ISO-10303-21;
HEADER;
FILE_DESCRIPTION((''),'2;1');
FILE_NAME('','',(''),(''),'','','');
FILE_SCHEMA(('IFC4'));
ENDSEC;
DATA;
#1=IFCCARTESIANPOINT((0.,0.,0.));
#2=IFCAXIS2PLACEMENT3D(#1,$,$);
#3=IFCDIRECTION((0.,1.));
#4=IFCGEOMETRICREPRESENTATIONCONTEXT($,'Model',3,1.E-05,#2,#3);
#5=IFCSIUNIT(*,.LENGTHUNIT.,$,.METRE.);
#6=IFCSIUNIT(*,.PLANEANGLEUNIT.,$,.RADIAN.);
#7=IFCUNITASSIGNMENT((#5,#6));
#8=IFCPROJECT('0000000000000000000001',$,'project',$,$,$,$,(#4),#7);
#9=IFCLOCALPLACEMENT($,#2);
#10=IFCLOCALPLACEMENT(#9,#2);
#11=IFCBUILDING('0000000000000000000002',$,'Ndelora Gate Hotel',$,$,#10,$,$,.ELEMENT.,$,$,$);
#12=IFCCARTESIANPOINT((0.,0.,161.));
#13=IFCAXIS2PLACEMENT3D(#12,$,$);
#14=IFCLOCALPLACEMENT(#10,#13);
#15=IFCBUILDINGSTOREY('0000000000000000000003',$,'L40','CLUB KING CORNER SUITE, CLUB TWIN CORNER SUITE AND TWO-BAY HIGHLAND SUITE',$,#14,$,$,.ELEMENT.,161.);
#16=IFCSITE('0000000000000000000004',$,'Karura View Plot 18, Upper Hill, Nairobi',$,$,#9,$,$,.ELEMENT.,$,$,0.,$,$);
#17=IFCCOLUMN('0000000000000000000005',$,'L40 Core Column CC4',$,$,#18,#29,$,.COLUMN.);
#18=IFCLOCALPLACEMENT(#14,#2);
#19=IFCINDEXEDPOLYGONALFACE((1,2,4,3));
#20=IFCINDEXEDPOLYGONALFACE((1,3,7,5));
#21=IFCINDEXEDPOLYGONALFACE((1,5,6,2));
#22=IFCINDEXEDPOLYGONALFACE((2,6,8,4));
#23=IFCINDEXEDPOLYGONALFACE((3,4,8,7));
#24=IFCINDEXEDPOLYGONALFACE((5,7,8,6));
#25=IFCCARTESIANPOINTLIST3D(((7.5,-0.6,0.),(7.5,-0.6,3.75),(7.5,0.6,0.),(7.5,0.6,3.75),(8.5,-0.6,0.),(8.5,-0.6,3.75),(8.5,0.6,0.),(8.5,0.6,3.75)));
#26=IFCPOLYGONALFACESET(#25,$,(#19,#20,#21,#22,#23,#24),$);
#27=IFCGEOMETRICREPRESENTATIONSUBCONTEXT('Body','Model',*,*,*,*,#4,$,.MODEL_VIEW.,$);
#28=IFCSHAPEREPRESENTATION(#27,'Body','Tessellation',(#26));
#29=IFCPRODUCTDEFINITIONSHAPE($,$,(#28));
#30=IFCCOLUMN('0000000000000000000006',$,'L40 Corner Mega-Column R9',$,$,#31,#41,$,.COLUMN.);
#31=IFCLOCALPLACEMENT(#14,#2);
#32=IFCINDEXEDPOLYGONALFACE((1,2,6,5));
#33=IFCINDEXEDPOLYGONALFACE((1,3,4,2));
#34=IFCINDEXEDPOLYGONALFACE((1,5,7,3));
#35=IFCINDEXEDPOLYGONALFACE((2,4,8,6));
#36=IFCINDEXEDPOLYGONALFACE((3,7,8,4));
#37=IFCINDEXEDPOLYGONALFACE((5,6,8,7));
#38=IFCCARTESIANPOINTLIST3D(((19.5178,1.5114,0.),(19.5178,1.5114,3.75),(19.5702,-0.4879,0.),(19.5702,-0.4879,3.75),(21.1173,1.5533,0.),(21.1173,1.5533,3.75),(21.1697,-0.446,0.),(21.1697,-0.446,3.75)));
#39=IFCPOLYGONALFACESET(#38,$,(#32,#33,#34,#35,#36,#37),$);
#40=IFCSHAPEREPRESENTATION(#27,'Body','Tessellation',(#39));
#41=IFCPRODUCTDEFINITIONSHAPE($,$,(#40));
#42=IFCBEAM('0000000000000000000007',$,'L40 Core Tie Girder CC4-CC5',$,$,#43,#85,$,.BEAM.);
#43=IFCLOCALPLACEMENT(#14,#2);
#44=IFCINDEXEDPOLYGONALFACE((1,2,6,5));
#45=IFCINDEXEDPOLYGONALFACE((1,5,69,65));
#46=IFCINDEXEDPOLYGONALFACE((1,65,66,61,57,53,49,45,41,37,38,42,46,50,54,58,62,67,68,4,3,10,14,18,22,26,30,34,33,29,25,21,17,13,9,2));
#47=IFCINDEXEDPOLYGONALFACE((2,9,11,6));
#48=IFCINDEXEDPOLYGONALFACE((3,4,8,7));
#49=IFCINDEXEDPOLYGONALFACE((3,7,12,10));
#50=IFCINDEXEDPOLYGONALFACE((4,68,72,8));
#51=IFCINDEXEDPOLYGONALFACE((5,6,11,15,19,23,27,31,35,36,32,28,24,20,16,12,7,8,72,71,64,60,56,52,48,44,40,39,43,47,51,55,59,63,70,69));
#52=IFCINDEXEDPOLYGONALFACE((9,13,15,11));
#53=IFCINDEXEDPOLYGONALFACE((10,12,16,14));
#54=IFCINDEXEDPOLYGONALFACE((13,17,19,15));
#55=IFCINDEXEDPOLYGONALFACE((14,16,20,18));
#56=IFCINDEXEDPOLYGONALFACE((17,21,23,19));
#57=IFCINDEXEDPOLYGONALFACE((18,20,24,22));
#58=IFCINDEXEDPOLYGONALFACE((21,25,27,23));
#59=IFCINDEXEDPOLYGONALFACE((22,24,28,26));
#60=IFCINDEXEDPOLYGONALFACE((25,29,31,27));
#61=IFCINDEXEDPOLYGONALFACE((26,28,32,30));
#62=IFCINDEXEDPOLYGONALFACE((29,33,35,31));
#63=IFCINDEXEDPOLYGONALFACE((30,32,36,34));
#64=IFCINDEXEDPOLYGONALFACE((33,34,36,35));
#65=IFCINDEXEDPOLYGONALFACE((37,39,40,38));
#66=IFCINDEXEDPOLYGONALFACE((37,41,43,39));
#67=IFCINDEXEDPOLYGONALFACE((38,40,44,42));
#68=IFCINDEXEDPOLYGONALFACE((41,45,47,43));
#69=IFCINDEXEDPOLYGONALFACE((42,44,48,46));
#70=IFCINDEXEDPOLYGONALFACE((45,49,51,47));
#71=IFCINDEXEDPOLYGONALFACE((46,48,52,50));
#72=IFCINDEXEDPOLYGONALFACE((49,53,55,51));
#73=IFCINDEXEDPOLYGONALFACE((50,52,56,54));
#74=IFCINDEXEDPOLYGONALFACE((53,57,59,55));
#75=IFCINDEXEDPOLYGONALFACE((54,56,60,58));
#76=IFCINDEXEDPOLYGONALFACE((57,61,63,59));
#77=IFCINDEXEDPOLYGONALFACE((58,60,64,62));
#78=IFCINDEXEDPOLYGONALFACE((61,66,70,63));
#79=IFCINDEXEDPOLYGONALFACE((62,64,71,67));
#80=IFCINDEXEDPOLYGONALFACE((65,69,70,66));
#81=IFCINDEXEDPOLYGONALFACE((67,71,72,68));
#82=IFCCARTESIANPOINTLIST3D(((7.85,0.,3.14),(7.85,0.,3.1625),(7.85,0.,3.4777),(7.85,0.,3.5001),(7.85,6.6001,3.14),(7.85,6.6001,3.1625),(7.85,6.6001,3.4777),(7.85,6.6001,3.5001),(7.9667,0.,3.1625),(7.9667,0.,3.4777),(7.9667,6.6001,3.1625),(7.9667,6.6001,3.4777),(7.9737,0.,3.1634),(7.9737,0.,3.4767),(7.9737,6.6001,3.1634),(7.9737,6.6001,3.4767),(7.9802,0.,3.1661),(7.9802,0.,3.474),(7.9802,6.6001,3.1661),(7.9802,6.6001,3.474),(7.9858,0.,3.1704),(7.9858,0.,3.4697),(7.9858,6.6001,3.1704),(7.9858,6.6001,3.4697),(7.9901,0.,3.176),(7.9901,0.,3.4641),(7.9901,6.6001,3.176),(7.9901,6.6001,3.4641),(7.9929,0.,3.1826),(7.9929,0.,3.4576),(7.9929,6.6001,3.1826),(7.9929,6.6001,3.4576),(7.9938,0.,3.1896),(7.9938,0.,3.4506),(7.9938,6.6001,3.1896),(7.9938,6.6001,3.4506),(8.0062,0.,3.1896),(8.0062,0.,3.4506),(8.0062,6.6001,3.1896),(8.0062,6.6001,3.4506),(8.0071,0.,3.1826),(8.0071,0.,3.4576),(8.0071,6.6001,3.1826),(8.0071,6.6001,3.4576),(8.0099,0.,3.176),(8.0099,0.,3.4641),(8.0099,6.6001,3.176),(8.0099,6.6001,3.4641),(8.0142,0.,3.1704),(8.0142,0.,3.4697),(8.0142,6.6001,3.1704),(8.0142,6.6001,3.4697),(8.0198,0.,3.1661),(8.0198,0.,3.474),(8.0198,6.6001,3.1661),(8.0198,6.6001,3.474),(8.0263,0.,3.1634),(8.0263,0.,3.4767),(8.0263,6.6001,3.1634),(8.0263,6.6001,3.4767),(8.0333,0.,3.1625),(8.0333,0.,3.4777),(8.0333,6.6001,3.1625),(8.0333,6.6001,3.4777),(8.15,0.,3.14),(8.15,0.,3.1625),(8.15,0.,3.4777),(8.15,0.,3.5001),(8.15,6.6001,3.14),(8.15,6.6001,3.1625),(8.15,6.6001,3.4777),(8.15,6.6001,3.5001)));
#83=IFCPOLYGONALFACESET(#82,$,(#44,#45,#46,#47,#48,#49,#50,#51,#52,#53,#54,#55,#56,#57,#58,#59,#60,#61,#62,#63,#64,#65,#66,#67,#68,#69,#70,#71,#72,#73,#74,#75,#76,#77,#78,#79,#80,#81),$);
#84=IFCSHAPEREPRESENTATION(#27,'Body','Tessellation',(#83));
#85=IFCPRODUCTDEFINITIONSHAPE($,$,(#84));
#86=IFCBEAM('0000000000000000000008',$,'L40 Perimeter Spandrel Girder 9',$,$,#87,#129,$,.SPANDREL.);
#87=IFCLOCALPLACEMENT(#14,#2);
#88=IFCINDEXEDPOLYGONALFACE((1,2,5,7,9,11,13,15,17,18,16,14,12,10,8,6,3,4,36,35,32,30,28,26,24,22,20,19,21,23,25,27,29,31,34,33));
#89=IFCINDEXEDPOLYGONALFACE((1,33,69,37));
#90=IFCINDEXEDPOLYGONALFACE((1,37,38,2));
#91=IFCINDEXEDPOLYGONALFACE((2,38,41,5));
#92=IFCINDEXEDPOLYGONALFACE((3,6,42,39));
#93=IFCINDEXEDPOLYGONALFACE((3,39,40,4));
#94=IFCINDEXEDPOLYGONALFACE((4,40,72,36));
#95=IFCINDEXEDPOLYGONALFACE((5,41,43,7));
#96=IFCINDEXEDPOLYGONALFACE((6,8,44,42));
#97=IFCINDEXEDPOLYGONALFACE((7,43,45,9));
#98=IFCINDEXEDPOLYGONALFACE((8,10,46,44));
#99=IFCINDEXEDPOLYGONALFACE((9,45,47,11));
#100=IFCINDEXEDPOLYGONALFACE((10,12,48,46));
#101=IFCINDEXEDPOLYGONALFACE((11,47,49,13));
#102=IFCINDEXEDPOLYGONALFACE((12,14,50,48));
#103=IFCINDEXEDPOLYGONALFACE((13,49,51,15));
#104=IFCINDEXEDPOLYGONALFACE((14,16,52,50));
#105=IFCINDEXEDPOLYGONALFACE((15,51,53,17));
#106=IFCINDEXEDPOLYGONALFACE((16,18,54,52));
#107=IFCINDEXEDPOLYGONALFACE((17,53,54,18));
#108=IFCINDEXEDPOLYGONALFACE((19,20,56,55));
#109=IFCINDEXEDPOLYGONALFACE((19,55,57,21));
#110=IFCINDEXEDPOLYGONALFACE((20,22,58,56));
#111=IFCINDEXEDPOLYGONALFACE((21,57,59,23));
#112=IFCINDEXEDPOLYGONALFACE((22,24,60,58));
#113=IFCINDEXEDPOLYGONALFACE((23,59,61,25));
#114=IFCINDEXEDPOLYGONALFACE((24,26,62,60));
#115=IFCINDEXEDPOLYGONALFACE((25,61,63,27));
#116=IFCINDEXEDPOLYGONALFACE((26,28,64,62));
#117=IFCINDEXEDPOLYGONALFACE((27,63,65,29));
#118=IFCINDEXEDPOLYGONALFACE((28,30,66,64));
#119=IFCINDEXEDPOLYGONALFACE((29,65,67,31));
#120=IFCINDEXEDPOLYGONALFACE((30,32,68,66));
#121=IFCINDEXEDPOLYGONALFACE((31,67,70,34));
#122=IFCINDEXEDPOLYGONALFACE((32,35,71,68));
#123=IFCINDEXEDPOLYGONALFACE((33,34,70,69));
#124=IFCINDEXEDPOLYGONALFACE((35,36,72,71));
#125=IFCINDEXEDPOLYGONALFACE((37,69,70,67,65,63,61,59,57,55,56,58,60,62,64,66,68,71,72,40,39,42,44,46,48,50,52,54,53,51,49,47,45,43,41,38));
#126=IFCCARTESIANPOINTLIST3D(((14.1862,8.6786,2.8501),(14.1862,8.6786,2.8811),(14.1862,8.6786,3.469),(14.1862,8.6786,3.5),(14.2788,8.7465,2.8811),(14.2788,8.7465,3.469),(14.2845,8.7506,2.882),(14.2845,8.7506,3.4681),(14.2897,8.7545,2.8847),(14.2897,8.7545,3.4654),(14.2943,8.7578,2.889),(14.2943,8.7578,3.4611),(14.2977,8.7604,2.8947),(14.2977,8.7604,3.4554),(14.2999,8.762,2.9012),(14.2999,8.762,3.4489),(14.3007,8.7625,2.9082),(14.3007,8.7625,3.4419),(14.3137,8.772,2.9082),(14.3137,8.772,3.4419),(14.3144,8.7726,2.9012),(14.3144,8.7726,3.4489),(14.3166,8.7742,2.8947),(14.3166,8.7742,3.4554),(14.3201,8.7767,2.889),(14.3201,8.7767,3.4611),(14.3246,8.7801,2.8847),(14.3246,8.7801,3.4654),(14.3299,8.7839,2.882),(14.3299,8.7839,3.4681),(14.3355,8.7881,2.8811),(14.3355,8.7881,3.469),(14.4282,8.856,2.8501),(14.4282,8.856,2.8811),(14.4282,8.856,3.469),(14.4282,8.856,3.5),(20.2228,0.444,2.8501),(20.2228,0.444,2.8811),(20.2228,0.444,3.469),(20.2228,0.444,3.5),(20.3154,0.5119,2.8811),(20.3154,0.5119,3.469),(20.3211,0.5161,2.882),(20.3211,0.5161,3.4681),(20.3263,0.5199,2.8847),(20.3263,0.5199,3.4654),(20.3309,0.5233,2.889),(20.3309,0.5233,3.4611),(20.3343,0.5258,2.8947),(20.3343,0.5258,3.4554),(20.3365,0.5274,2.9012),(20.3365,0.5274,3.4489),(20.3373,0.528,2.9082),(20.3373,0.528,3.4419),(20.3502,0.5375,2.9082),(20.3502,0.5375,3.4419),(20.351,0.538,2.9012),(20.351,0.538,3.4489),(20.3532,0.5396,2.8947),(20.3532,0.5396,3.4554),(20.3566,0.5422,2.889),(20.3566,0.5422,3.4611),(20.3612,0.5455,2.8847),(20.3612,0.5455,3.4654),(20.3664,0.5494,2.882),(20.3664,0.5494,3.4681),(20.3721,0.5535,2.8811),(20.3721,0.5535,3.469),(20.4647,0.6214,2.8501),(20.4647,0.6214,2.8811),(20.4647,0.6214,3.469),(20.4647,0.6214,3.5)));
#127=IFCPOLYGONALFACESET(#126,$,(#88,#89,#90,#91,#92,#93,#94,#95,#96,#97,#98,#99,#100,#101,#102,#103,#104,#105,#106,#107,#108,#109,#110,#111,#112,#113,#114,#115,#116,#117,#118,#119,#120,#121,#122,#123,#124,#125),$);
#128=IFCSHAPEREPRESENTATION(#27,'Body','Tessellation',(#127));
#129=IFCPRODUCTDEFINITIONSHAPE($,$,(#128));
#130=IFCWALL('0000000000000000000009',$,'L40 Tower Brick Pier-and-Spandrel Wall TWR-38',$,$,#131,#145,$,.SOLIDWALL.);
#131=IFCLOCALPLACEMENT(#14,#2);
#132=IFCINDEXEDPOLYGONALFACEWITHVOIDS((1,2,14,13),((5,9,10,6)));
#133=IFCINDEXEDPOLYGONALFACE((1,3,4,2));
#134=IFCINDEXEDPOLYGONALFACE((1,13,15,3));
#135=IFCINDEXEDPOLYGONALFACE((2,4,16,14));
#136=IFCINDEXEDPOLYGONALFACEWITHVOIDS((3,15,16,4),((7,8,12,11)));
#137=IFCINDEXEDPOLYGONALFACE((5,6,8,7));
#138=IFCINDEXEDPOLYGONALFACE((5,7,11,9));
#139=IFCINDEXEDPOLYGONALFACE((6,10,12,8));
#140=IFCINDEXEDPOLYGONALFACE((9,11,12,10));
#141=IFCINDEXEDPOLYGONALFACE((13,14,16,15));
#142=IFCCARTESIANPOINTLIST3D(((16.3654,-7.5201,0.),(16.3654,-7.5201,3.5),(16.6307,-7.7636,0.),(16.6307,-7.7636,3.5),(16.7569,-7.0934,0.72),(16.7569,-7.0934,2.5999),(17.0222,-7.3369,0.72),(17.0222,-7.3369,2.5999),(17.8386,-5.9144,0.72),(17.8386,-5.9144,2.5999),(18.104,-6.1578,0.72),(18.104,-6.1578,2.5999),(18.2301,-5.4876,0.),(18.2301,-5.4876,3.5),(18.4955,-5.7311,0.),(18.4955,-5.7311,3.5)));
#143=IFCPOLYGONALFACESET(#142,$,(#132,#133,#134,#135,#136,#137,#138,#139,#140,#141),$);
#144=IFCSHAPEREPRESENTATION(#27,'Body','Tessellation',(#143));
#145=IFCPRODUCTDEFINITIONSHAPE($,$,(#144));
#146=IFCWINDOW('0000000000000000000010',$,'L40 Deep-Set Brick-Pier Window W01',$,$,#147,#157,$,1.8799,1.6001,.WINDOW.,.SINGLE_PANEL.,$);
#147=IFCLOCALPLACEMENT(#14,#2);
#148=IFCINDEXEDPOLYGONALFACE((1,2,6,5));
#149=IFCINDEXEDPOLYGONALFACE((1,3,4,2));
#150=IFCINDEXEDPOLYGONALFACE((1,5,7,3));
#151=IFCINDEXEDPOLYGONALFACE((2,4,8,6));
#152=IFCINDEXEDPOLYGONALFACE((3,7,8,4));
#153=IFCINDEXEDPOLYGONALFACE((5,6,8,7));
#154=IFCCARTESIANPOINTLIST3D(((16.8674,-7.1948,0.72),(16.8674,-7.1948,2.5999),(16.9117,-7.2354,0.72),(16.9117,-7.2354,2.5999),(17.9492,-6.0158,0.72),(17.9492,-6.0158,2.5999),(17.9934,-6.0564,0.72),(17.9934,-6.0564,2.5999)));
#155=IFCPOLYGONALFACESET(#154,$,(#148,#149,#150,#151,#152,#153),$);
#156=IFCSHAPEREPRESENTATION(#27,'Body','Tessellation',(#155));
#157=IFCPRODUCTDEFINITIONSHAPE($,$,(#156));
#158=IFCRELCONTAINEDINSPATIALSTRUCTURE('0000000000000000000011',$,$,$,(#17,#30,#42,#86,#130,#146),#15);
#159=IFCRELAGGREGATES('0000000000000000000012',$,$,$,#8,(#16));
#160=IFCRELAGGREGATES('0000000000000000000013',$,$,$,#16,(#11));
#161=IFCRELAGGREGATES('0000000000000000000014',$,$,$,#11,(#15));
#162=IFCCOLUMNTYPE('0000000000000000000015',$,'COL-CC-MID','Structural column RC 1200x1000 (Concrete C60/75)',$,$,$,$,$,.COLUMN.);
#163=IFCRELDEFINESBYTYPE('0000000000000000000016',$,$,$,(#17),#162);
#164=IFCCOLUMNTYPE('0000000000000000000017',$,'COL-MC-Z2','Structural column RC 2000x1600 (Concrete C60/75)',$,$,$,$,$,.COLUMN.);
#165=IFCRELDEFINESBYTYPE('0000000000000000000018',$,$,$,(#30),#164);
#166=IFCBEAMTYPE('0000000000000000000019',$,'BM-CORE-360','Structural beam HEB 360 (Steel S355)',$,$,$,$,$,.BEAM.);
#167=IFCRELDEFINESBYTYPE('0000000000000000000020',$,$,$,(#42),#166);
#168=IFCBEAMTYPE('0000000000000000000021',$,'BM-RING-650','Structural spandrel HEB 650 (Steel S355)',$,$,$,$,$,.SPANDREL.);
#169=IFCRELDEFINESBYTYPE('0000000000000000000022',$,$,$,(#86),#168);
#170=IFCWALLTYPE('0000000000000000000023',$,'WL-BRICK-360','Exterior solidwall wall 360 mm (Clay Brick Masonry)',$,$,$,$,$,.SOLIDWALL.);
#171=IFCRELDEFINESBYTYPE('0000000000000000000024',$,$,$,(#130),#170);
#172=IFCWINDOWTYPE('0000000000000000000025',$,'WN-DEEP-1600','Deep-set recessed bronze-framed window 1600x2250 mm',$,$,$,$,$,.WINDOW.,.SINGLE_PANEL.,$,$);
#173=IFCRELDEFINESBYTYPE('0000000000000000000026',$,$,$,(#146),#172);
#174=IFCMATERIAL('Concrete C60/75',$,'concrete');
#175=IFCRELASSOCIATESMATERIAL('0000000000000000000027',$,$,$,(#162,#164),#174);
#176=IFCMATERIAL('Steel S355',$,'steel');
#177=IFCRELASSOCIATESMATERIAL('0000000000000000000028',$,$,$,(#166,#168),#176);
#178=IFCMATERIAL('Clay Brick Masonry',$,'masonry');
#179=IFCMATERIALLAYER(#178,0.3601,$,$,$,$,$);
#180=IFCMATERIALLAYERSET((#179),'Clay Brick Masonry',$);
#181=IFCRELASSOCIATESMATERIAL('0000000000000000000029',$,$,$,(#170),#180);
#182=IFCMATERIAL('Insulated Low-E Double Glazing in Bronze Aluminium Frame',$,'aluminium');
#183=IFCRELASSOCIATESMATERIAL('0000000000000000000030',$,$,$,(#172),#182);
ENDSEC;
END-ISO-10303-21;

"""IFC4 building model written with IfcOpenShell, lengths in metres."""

from ifc_helpers import new_model, si_unit, direction, frame, frame_2d, origin, origin_2d, place, context, subcontext, project, spatial, rectangle, i_section, extrude, material, layer, layer_set, material_profile, profile_set, type_object, element, fill, save


model = new_model("IFC4")

# Units and contexts
model_context = context("Model", 3, precision=1e-05, world=origin(), true_north=direction((0.0, 1.0)))
body_context = subcontext(model_context, "Body", "Model", "MODEL_VIEW")
ifc_project = project(units=[si_unit("LENGTHUNIT", "METRE"), si_unit("PLANEANGLEUNIT", "RADIAN")], contexts=[model_context])

# Site, building, storey
site_placement = place(None, origin())
site = spatial("IfcSite", under=ifc_project, at=site_placement, Name="Karura View Plot 18, Upper Hill, Nairobi", CompositionType="ELEMENT", RefElevation=0.0)
building_placement = place(site_placement, origin())
building = spatial("IfcBuilding", under=site, at=building_placement, Name="Ndelora Gate Hotel", CompositionType="ELEMENT")
storey_placement = place(building_placement, frame((0.0, 0.0, 161.0)))
storey = spatial("IfcBuildingStorey", under=building, at=storey_placement, Name="L40", Description="CLUB KING CORNER SUITE, CLUB TWIN CORNER SUITE AND TWO-BAY HIGHLAND SUITE", CompositionType="ELEMENT", Elevation=161.0)

# Columns
ifc_material_1 = material(Name="Concrete C60/75", Category="concrete")
ifc_material_profile_1 = material_profile(ifc_material_1, rectangle(XDim=1.0, YDim=1.2, at=origin_2d()), Name="RC 1200x1000")
ifc_profile_set_1 = profile_set([ifc_material_profile_1], Name="Concrete C60/75")
column_type_1 = type_object("IfcColumnType", Name="COL-CC-MID", Description="Structural column RC 1200x1000 (Concrete C60/75)", PredefinedType="COLUMN", material=ifc_profile_set_1)
column_1_placement = place(storey_placement, frame((8.0, 0.0, 0.0), z_axis=(0.0, 0.0, 1.0), x_axis=(1.0, 0.0, 0.0)))
element("IfcColumn", 1, at=column_1_placement, inside=storey, type_object=column_type_1, Name="L40 Core Column CC4", PredefinedType="COLUMN", context=body_context, shape_type="SweptSolid", body=[
    extrude(rectangle(XDim=1.0, YDim=1.2, at=origin_2d()), origin(), (0.0, 0.0, 1.0), 3.75),
])
ifc_material_profile_2 = material_profile(ifc_material_1, rectangle(XDim=1.6001, YDim=2.0, at=origin_2d()), Name="RC 2000x1600")
ifc_profile_set_2 = profile_set([ifc_material_profile_2], Name="Concrete C60/75")
column_type_2 = type_object("IfcColumnType", Name="COL-MC-Z2", Description="Structural column RC 2000x1600 (Concrete C60/75)", PredefinedType="COLUMN", material=ifc_profile_set_2)
column_2_placement = place(storey_placement, frame((20.3438, 0.5327, 0.0), z_axis=(0.0, 0.0, 1.0), x_axis=(0.999657, 0.026177, 0.0)))
element("IfcColumn", 2, at=column_2_placement, inside=storey, type_object=column_type_2, Name="L40 Corner Mega-Column R9", PredefinedType="COLUMN", context=body_context, shape_type="SweptSolid", body=[
    extrude(rectangle(XDim=1.6001, YDim=2.0, at=origin_2d()), origin(), (0.0, 0.0, 1.0), 3.75),
])

# Beams
ifc_material_2 = material(Name="Steel S355", Category="steel")
ifc_material_profile_3 = material_profile(ifc_material_2, i_section(OverallWidth=0.3, OverallDepth=0.3601, WebThickness=0.0125, FlangeThickness=0.0225, FilletRadius=0.0271, at=origin_2d()), Name="HEB 360")
ifc_profile_set_3 = profile_set([ifc_material_profile_3], Name="Steel S355")
beam_type_1 = type_object("IfcBeamType", Name="BM-CORE-360", Description="Structural beam HEB 360 (Steel S355)", PredefinedType="BEAM", material=ifc_profile_set_3)
beam_1_placement = place(storey_placement, frame((8.0, 0.0, 3.3201), z_axis=(0.0, 1.0, 0.0), x_axis=(-1.0, 0.0, 0.0)))
element("IfcBeam", 3, at=beam_1_placement, inside=storey, type_object=beam_type_1, Name="L40 Core Tie Girder CC4-CC5", PredefinedType="BEAM", context=body_context, shape_type="SweptSolid", body=[
    extrude(i_section(OverallWidth=0.3, OverallDepth=0.3601, WebThickness=0.0125, FlangeThickness=0.0225, FilletRadius=0.0271, at=origin_2d()), origin(), (0.0, 0.0, 1.0), 6.6001),
])
ifc_material_profile_4 = material_profile(ifc_material_2, i_section(OverallWidth=0.3, OverallDepth=0.6499, WebThickness=0.0161, FlangeThickness=0.031, FilletRadius=0.0271, at=origin_2d()), Name="HEB 650")
ifc_profile_set_4 = profile_set([ifc_material_profile_4], Name="Steel S355")
beam_type_2 = type_object("IfcBeamType", Name="BM-RING-650", Description="Structural spandrel HEB 650 (Steel S355)", PredefinedType="SPANDREL", material=ifc_profile_set_4)
beam_2_placement = place(storey_placement, frame((20.3438, 0.5327, 3.175), z_axis=(-0.59123, 0.806503, 0.0), x_axis=(-0.806503, -0.59123, 0.0)))
element("IfcBeam", 4, at=beam_2_placement, inside=storey, type_object=beam_type_2, Name="L40 Perimeter Spandrel Girder 9", PredefinedType="SPANDREL", context=body_context, shape_type="SweptSolid", body=[
    extrude(i_section(OverallWidth=0.3, OverallDepth=0.6499, WebThickness=0.0161, FlangeThickness=0.031, FilletRadius=0.0271, at=origin_2d()), origin(), (0.0, 0.0, 1.0), 10.2102),
])

# Wall, opening, window
ifc_material_3 = material(Name="Clay Brick Masonry", Category="masonry")
ifc_layer_1 = layer(ifc_material_3, 0.3601)
ifc_layer_set_1 = layer_set([ifc_layer_1], Name="Clay Brick Masonry")
wall_type_1 = type_object("IfcWallType", Name="WL-BRICK-360", Description="Exterior solidwall wall 360 mm (Clay Brick Masonry)", PredefinedType="SOLIDWALL", material=ifc_layer_set_1)
wall_1_placement = place(storey_placement, frame((18.3628, -5.6094, 0.0), z_axis=(0.0, 0.0, 1.0), x_axis=(-0.676049, -0.736856, 0.0)))
wall_1 = element("IfcWall", 5, at=wall_1_placement, inside=storey, type_object=wall_type_1, Name="L40 Tower Brick Pier-and-Spandrel Wall TWR-38", PredefinedType="SOLIDWALL", context=body_context, shape_type="SweptSolid", body=[
    extrude(rectangle(XDim=2.7583, YDim=0.3601, at=frame_2d((1.3792, 0.0))), origin(), (0.0, 0.0, 1.0), 3.5),
])
opening_1_placement = place(wall_1_placement, frame((0.5791, 0.0, 0.72)))
opening_1 = element("IfcOpeningElement", 6, at=opening_1_placement, cuts=wall_1, PredefinedType="OPENING", context=body_context, shape_type="SweptSolid", body=[
    extrude(rectangle(XDim=1.6001, YDim=1.8799, at=frame_2d((0.8, 0.9399))), frame((0.0, 0.1899, 0.0), z_axis=(0.0, -1.0, 0.0), x_axis=(1.0, 0.0, 0.0)), (0.0, 0.0, 1.0), 0.3801),
])
ifc_material_4 = material(Name="Insulated Low-E Double Glazing in Bronze Aluminium Frame", Category="aluminium")
window_type = type_object("IfcWindowType", Name="WN-DEEP-1600", Description="Deep-set recessed bronze-framed window 1600x2250 mm", PartitioningType="SINGLE_PANEL", PredefinedType="WINDOW", material=ifc_material_4)
window_1_placement = place(opening_1_placement, origin())
window_1 = element("IfcWindow", 7, at=window_1_placement, inside=storey, type_object=window_type, Name="L40 Deep-Set Brick-Pier Window W01", OverallHeight=1.8799, OverallWidth=1.6001, PartitioningType="SINGLE_PANEL", PredefinedType="WINDOW", context=body_context, shape_type="SweptSolid", body=[
    extrude(rectangle(XDim=1.6001, YDim=1.8799, at=frame_2d((0.8, 0.9399))), frame((0.0, 0.03, 0.0), z_axis=(0.0, -1.0, 0.0), x_axis=(1.0, 0.0, 0.0)), (0.0, 0.0, 1.0), 0.0601),
])
fill(opening_1, window_1)

save(model, "model.ifc")
